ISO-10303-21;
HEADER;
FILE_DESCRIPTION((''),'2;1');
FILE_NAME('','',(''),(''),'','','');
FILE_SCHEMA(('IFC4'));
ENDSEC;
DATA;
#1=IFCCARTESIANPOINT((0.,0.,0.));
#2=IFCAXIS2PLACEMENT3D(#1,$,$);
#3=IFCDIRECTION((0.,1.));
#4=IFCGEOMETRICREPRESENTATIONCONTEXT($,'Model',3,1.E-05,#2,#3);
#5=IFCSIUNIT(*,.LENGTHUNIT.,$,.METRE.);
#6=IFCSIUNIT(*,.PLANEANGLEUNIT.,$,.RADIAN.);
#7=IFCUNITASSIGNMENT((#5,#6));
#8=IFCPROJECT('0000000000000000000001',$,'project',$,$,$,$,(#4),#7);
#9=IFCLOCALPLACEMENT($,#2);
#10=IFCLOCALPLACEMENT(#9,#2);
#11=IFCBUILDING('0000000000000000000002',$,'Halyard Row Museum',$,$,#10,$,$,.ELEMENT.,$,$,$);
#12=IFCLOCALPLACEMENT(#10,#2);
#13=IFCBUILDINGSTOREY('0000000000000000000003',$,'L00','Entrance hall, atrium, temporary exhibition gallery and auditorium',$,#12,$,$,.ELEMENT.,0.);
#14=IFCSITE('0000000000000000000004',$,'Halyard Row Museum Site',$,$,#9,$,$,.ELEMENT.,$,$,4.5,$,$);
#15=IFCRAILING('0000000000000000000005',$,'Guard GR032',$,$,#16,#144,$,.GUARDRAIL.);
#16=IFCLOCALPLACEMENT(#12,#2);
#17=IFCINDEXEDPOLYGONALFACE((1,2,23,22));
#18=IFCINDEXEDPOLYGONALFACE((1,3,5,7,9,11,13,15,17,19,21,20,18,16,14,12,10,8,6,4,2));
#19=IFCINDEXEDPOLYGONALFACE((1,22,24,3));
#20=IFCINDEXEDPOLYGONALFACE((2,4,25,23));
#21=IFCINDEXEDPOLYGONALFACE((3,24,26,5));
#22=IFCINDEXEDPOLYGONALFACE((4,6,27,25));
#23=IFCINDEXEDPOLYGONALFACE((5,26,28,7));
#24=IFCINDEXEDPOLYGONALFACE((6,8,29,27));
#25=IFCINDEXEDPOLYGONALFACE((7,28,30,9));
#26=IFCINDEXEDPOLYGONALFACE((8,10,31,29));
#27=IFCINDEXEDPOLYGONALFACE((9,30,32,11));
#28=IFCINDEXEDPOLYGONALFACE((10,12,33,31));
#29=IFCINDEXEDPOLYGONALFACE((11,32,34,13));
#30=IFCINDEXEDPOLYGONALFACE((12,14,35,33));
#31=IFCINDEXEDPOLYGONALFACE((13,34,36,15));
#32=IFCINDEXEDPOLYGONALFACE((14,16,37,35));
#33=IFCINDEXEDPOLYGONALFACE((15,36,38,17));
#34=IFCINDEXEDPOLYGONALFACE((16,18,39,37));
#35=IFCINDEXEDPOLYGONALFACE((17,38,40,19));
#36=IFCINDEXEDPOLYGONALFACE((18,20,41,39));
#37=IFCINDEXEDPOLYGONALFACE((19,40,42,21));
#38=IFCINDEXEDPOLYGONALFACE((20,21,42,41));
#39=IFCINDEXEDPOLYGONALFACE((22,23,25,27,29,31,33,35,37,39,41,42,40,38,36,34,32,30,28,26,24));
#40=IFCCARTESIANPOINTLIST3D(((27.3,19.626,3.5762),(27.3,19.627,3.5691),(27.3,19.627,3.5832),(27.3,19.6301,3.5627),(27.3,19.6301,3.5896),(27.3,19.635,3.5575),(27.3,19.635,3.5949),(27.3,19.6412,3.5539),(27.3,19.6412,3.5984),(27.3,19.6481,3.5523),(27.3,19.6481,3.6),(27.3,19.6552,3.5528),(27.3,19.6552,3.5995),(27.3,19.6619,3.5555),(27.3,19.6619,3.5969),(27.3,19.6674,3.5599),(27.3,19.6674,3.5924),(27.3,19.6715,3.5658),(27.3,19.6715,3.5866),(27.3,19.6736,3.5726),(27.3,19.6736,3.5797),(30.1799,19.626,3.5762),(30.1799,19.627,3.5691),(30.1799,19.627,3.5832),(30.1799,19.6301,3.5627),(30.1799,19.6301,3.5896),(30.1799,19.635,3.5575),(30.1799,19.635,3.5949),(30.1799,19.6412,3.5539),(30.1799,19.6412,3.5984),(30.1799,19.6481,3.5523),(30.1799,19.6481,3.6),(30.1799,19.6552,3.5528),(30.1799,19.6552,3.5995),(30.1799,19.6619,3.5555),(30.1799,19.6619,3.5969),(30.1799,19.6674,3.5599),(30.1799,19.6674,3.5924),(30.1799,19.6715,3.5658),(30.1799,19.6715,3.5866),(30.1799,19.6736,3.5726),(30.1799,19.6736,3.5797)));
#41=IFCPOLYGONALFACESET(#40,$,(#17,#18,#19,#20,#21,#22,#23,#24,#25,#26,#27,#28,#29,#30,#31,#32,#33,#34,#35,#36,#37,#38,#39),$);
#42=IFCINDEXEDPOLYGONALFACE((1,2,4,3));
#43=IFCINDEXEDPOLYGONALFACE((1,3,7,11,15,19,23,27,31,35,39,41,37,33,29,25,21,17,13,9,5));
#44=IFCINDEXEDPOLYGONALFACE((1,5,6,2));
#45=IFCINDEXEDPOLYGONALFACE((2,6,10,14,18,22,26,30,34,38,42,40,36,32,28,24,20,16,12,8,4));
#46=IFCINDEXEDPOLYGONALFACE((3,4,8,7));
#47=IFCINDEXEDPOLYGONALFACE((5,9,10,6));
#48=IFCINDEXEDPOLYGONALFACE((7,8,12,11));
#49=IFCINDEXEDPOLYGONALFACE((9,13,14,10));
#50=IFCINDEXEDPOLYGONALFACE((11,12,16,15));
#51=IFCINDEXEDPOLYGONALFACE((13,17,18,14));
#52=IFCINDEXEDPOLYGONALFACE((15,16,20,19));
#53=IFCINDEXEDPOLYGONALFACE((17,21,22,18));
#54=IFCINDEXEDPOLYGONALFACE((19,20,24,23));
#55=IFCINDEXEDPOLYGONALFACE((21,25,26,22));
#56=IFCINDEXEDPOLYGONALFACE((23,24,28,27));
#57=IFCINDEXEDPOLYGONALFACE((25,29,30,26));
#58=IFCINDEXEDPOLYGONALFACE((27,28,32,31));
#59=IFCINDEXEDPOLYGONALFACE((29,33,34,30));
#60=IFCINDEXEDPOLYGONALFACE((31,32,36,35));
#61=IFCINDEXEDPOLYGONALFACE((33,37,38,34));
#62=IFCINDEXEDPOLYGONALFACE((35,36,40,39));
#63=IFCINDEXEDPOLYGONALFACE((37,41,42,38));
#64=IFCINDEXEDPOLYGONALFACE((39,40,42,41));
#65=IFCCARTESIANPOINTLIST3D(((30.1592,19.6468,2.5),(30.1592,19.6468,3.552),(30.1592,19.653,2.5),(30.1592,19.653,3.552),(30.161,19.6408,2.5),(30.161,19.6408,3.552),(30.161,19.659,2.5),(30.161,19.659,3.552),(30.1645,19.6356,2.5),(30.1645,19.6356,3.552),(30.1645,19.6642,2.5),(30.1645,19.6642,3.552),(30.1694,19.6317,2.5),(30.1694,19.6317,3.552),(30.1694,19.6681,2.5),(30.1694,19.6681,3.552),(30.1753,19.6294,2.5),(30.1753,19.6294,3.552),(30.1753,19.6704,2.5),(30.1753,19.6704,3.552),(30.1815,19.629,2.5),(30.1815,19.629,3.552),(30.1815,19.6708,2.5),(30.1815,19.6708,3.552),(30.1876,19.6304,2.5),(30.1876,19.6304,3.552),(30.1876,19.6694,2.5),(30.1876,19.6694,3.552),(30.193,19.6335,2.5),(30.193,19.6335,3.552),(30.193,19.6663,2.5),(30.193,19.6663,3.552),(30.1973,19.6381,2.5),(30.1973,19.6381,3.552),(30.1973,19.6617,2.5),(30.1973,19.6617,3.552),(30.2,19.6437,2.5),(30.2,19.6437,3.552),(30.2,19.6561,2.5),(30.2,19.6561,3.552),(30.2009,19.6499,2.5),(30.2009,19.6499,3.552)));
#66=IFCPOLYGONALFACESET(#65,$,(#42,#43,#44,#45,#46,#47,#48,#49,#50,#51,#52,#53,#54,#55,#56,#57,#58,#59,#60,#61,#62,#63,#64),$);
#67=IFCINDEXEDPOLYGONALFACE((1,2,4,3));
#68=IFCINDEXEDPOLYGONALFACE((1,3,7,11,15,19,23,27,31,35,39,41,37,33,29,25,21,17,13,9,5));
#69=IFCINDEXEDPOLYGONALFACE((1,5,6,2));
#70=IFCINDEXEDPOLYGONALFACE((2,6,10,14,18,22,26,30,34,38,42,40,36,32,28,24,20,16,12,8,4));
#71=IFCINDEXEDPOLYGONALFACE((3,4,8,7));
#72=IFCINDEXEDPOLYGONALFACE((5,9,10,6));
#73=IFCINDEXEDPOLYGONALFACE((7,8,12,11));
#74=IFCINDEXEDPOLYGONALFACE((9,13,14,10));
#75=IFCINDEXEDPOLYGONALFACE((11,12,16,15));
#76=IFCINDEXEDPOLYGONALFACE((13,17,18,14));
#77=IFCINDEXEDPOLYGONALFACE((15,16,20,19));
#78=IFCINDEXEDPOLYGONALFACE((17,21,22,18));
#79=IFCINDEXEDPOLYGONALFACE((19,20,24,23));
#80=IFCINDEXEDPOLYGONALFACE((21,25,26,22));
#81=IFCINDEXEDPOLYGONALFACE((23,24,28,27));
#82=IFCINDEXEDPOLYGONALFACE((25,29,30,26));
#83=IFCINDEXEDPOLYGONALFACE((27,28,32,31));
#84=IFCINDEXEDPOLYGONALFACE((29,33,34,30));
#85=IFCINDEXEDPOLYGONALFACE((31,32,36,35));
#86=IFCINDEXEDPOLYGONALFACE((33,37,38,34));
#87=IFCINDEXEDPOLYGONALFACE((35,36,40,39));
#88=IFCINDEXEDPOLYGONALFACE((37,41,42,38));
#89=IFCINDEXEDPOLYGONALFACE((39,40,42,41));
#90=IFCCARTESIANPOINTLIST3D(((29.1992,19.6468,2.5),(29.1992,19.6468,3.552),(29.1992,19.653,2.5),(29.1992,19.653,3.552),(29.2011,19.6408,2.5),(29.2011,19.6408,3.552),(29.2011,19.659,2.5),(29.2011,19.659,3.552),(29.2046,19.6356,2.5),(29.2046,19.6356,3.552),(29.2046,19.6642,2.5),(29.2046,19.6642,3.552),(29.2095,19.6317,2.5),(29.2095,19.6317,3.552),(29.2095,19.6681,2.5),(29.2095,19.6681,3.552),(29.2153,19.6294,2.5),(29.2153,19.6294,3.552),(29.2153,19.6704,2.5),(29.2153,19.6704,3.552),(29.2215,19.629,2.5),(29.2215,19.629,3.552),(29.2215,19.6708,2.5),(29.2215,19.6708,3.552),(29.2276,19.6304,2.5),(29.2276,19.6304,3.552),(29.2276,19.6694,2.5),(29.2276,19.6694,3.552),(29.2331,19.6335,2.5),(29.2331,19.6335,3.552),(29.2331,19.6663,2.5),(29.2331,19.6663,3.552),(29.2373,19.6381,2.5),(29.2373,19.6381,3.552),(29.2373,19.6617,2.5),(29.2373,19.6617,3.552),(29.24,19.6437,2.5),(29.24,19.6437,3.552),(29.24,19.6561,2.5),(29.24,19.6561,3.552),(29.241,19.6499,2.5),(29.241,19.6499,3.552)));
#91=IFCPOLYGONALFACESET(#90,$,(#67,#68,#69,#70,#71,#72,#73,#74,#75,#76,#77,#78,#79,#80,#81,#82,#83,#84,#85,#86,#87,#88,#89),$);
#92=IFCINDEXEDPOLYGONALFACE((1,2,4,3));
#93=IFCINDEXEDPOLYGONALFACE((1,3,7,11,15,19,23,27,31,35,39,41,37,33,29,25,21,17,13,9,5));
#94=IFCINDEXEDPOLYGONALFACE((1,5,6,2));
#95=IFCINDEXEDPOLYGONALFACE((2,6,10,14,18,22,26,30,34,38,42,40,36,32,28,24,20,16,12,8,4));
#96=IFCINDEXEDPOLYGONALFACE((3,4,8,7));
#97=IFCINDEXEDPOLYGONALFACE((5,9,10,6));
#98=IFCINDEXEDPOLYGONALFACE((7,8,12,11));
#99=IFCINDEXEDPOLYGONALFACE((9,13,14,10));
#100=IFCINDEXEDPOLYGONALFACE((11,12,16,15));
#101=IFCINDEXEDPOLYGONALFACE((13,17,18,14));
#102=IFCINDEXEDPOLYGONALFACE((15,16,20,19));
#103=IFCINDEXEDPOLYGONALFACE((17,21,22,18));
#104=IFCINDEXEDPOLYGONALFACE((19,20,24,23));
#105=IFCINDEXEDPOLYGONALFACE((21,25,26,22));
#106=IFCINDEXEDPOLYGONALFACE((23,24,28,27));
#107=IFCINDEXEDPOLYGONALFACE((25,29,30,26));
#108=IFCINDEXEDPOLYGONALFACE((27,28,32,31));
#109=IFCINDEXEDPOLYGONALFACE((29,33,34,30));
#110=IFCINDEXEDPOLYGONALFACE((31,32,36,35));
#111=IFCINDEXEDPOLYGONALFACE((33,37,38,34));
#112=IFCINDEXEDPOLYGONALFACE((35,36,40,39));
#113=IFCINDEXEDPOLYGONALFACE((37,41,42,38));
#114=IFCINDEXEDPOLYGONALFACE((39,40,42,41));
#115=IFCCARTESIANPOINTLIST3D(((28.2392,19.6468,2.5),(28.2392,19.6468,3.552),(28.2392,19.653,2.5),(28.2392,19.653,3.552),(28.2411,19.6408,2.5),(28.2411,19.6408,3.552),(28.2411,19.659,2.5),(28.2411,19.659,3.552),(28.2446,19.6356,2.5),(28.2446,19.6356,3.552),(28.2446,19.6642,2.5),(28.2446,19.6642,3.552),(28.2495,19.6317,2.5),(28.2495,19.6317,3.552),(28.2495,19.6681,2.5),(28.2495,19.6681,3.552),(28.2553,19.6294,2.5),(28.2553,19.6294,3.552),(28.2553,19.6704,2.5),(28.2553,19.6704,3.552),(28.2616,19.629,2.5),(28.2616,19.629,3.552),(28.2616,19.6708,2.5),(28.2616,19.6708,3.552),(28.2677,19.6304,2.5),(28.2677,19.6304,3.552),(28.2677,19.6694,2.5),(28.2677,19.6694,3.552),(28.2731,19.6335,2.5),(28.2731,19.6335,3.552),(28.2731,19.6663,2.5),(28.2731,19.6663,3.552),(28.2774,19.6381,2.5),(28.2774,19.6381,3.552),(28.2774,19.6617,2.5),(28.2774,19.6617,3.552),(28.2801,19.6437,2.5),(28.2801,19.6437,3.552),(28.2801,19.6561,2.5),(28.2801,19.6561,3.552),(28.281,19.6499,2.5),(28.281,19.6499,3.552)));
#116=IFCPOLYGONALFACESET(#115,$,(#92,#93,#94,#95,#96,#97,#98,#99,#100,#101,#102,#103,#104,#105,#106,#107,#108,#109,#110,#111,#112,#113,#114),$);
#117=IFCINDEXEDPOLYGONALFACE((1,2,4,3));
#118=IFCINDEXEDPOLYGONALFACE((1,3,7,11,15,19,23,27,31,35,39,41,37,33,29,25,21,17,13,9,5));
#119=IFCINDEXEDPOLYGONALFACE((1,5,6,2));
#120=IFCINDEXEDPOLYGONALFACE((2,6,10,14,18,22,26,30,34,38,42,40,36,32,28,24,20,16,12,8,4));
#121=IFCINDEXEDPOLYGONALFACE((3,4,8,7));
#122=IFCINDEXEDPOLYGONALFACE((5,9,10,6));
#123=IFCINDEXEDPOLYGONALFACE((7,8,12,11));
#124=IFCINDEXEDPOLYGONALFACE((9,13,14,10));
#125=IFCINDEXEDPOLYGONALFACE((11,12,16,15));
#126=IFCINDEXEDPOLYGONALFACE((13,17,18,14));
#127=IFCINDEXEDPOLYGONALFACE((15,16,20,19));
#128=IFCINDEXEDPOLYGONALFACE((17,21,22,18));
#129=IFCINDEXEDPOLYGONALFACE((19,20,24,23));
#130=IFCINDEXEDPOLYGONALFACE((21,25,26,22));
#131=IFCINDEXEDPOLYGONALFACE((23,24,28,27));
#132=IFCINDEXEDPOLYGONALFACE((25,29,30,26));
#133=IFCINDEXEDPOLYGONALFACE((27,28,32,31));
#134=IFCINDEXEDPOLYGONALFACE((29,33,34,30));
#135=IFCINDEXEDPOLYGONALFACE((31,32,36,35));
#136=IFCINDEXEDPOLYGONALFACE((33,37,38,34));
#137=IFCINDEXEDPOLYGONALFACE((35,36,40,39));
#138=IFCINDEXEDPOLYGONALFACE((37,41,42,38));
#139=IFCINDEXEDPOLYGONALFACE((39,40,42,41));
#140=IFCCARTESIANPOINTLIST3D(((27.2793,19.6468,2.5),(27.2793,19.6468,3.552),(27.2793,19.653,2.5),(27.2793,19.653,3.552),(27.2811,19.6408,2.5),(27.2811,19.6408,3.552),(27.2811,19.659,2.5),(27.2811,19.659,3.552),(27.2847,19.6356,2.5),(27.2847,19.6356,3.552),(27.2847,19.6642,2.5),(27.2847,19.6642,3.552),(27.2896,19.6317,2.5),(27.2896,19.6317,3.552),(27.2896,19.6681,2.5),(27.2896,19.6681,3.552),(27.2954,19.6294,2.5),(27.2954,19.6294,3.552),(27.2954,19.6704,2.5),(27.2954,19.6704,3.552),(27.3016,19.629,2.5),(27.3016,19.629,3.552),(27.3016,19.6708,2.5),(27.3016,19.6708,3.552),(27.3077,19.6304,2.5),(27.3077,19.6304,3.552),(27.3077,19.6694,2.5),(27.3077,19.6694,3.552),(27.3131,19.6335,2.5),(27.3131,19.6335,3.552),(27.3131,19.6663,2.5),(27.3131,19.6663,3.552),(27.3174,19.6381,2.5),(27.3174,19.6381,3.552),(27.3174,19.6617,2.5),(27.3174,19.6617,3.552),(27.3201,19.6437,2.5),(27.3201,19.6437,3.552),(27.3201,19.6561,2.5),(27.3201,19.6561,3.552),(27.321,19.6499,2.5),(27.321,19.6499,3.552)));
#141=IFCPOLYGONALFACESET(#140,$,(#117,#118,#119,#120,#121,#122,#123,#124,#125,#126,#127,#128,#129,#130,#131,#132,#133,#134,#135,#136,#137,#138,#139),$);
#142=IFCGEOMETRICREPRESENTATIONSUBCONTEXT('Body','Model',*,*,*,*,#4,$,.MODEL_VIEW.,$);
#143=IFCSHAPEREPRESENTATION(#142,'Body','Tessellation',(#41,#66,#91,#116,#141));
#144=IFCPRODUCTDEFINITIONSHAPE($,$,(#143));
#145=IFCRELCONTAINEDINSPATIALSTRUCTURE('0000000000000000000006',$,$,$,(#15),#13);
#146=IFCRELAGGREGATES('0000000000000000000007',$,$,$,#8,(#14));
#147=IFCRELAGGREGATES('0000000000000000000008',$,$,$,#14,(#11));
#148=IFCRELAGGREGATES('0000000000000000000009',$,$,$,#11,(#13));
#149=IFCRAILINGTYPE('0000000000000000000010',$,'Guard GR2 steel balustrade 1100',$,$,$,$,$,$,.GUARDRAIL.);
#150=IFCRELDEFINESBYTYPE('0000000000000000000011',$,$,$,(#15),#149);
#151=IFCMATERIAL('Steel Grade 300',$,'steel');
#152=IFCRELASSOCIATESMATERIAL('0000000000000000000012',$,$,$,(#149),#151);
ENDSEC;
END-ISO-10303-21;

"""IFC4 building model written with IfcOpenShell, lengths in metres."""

from ifc_helpers import new_model, si_unit, direction, frame, origin, origin_2d, place, context, subcontext, project, spatial, circle, extrude, material, type_object, element, save


model = new_model("IFC4")

# Units and contexts
model_context = context("Model", 3, precision=1e-05, world=origin(), true_north=direction((0.0, 1.0)))
body_context = subcontext(model_context, "Body", "Model", "MODEL_VIEW")
ifc_project = project(units=[si_unit("LENGTHUNIT", "METRE"), si_unit("PLANEANGLEUNIT", "RADIAN")], contexts=[model_context])

# Site, building, storey
site_placement = place(None, origin())
site = spatial("IfcSite", under=ifc_project, at=site_placement, Name="Halyard Row Museum Site", CompositionType="ELEMENT", RefElevation=4.5)
building_placement = place(site_placement, origin())
building = spatial("IfcBuilding", under=site, at=building_placement, Name="Halyard Row Museum", CompositionType="ELEMENT")
storey_placement = place(building_placement, origin())
storey = spatial("IfcBuildingStorey", under=building, at=storey_placement, Name="L00", Description="Entrance hall, atrium, temporary exhibition gallery and auditorium", CompositionType="ELEMENT", Elevation=0.0)

# Railing
ifc_material_1 = material(Name="Steel Grade 300", Category="steel")
railing_type_1 = type_object("IfcRailingType", Name="Guard GR2 steel balustrade 1100", PredefinedType="GUARDRAIL", material=ifc_material_1)
railing_1_placement = place(storey_placement, frame((30.1799, 19.6499, 2.5)))
element("IfcRailing", 1, at=railing_1_placement, inside=storey, type_object=railing_type_1, Name="Guard GR032", PredefinedType="GUARDRAIL", context=body_context, shape_type="SweptSolid", body=[
    extrude(circle(Radius=0.0239, at=origin_2d()), frame((0.0, 0.0, 1.0762), z_axis=(-1.0, 0.0, 0.0), x_axis=(0.0, -1.0, 0.0)), (0.0, 0.0, 1.0), 2.8799),
    extrude(circle(Radius=0.021, at=origin_2d()), origin(), (0.0, 0.0, 1.0), 1.052),
    extrude(circle(Radius=0.021, at=origin_2d()), frame((-0.96, 0.0, 0.0)), (0.0, 0.0, 1.0), 1.052),
    extrude(circle(Radius=0.021, at=origin_2d()), frame((-1.9199, 0.0, 0.0)), (0.0, 0.0, 1.0), 1.052),
    extrude(circle(Radius=0.021, at=origin_2d()), frame((-2.8799, 0.0, 0.0)), (0.0, 0.0, 1.0), 1.052),
])

save(model, "model.ifc")
